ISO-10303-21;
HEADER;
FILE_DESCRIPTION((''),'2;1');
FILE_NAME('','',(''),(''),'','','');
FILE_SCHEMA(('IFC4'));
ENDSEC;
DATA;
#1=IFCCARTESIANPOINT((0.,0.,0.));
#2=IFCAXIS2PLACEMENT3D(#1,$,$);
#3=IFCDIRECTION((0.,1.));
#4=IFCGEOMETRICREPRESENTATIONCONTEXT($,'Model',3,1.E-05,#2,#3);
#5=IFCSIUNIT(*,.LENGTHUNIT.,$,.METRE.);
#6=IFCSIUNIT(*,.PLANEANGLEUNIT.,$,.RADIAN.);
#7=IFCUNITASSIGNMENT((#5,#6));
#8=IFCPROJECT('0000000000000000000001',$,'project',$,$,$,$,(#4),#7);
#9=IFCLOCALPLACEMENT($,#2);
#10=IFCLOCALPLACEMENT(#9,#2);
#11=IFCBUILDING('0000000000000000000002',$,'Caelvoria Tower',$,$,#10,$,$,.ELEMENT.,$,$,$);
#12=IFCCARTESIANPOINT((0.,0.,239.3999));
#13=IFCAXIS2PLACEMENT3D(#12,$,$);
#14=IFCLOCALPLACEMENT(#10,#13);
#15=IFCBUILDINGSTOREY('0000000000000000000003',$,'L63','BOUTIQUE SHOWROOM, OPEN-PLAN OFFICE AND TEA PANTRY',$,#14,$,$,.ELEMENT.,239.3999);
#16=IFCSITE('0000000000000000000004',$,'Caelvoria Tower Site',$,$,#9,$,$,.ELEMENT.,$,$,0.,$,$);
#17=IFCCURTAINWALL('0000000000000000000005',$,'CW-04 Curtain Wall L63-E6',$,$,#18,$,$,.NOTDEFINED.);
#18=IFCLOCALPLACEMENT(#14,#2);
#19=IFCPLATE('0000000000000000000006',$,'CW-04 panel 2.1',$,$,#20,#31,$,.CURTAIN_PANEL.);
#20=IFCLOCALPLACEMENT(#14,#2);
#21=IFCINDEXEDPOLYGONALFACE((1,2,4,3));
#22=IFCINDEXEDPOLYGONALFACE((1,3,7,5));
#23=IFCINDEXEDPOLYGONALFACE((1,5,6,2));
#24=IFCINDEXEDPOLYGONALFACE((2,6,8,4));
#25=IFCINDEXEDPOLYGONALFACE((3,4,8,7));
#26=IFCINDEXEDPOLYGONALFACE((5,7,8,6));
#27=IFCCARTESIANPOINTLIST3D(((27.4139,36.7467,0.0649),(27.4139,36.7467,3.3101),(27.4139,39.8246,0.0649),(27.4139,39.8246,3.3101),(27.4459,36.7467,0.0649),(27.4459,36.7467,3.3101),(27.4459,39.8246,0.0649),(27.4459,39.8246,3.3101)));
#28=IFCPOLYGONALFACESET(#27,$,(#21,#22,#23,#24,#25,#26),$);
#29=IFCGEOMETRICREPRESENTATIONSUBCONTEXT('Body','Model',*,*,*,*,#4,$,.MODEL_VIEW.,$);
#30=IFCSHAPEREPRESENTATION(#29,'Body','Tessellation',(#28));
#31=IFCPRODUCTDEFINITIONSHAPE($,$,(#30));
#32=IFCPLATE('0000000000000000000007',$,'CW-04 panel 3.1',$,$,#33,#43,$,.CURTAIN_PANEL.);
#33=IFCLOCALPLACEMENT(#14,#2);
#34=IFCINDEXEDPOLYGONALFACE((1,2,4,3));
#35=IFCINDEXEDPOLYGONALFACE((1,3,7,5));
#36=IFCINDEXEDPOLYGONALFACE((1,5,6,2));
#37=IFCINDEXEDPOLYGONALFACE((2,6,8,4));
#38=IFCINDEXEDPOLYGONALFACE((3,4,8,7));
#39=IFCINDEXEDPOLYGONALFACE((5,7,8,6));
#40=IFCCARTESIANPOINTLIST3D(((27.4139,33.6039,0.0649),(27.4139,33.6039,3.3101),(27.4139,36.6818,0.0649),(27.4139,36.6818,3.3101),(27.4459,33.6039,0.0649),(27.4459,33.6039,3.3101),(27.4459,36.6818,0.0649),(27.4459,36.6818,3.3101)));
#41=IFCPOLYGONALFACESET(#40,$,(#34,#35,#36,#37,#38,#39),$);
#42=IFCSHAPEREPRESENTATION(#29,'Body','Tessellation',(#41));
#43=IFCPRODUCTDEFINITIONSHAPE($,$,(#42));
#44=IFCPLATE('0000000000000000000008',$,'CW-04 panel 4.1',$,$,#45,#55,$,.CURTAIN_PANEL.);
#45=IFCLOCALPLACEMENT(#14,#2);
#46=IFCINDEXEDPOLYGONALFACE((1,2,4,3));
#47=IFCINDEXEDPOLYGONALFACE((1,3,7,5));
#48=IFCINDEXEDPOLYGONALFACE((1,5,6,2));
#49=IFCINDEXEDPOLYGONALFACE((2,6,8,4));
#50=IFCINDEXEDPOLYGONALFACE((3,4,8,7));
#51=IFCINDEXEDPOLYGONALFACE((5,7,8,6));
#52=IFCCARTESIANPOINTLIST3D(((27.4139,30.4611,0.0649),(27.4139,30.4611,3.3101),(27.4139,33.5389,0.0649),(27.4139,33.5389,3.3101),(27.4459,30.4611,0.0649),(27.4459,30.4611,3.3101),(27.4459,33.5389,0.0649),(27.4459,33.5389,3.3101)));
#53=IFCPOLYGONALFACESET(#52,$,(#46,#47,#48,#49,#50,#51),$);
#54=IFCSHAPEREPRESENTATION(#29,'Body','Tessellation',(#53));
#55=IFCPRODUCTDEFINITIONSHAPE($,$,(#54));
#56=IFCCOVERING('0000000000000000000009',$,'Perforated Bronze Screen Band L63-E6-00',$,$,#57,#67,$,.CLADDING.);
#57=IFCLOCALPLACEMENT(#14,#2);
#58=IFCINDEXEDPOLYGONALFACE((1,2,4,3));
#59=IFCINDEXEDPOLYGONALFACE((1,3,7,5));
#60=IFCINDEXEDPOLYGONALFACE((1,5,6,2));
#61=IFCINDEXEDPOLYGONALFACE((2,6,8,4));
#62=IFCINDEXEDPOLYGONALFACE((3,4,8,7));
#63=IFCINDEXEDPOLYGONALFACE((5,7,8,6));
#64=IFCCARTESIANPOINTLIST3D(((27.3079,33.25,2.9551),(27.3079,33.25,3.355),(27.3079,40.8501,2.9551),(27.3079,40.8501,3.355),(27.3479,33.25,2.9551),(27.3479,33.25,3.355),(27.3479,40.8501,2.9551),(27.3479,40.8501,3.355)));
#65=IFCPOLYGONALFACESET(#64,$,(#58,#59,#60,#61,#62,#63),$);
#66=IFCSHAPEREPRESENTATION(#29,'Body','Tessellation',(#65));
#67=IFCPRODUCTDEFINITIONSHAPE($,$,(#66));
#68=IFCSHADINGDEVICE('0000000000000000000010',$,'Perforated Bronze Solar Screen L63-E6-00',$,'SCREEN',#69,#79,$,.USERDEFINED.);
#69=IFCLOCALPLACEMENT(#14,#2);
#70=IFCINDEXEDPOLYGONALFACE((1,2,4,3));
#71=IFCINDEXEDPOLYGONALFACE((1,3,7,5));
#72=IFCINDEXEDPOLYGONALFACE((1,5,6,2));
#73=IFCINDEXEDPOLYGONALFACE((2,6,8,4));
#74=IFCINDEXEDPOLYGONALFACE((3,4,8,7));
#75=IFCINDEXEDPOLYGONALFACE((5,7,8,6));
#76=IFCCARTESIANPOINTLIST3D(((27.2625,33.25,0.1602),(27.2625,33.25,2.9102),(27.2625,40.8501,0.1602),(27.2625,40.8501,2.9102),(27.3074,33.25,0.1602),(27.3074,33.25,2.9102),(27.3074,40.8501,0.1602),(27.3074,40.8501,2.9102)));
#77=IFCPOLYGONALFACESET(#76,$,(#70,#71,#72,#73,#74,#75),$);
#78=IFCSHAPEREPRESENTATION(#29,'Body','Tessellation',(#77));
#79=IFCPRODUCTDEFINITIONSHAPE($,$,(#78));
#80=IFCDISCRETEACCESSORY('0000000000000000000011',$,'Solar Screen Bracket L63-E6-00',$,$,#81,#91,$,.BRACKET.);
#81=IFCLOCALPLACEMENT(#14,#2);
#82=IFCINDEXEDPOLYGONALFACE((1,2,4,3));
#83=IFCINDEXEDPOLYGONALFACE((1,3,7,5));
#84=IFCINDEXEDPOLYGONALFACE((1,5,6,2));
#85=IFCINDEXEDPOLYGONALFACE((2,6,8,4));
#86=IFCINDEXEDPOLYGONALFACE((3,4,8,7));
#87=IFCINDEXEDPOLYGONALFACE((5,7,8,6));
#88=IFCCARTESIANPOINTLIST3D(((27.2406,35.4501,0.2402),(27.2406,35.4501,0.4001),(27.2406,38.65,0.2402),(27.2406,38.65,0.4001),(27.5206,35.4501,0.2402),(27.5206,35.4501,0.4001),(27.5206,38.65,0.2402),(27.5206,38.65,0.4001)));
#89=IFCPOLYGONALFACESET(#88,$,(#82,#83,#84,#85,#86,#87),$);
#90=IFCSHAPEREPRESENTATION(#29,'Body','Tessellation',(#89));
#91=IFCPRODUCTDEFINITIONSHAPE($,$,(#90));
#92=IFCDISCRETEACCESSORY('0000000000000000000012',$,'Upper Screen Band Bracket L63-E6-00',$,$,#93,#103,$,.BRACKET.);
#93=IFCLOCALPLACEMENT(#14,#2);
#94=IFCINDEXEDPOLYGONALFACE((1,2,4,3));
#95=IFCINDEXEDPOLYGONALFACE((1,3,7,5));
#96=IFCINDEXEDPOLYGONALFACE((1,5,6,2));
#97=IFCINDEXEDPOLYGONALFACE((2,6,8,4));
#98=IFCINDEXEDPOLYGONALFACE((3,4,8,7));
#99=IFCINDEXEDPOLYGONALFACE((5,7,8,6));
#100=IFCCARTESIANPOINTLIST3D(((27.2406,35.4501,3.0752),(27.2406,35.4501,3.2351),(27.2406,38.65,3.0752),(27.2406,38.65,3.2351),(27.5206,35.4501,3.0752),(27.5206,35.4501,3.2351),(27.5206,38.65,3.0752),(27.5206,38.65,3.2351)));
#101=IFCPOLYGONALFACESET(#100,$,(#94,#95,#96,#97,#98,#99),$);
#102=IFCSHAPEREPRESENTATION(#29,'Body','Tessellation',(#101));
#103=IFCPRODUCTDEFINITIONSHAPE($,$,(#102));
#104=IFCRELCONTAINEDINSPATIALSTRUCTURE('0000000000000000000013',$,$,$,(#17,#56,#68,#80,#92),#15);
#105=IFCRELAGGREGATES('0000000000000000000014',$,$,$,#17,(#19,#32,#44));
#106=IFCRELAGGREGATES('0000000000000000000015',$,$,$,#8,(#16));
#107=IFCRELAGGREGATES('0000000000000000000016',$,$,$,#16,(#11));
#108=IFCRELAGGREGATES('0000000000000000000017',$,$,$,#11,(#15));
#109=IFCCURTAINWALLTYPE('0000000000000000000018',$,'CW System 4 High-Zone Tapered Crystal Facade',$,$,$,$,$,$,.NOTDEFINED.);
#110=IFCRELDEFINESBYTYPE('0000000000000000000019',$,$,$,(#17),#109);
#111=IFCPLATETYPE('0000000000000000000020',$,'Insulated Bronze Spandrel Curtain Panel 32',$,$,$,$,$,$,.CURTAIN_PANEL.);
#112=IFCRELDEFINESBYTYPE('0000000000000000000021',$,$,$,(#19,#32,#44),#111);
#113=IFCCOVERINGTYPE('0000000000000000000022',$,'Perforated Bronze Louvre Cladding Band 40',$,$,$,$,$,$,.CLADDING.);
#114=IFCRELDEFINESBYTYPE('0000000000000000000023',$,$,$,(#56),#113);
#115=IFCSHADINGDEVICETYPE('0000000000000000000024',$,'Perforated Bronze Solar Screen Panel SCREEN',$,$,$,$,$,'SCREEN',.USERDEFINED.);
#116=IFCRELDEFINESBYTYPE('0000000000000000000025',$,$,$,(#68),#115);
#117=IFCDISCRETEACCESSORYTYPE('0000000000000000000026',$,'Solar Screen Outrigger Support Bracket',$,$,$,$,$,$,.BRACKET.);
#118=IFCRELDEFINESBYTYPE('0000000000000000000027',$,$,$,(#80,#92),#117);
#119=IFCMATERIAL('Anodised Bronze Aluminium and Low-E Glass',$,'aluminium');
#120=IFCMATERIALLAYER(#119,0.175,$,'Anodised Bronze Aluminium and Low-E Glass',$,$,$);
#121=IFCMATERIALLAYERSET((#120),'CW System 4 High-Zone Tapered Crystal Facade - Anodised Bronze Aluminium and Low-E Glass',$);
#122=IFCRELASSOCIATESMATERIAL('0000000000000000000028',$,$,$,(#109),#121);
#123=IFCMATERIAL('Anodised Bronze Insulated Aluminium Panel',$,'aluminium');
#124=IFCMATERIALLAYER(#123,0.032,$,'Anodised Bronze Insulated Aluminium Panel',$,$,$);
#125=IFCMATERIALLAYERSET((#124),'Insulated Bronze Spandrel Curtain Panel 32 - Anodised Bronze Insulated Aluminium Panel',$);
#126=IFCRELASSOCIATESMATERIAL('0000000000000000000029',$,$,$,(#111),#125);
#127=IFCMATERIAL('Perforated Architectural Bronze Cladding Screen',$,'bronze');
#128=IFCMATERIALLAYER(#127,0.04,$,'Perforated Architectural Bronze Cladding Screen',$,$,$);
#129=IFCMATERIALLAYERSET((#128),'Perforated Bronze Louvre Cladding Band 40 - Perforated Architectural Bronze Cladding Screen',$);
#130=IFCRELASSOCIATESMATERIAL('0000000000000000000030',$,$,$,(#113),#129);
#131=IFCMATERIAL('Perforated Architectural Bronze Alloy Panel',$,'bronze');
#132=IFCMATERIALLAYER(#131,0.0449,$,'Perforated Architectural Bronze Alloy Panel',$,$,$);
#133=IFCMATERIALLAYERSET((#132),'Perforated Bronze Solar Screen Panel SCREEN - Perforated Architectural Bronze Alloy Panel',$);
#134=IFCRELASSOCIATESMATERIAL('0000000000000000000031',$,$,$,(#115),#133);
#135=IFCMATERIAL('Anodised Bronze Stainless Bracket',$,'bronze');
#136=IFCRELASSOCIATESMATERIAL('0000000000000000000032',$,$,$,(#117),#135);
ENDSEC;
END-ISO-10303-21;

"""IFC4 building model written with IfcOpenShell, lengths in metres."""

from ifc_helpers import new_model, si_unit, direction, frame, origin, origin_2d, place, context, subcontext, project, spatial, rectangle, extrude, material, layer, layer_set, type_object, element, aggregate, save


model = new_model("IFC4")

# Units and contexts
model_context = context("Model", 3, precision=1e-05, world=origin(), true_north=direction((0.0, 1.0)))
body_context = subcontext(model_context, "Body", "Model", "MODEL_VIEW")
ifc_project = project(units=[si_unit("LENGTHUNIT", "METRE"), si_unit("PLANEANGLEUNIT", "RADIAN")], contexts=[model_context])

# Site, building, storey
site_placement = place(None, origin())
site = spatial("IfcSite", under=ifc_project, at=site_placement, Name="Caelvoria Tower Site", CompositionType="ELEMENT", RefElevation=0.0)
building_placement = place(site_placement, origin())
building = spatial("IfcBuilding", under=site, at=building_placement, Name="Caelvoria Tower", CompositionType="ELEMENT")
storey_placement = place(building_placement, frame((0.0, 0.0, 239.3999)))
storey = spatial("IfcBuildingStorey", under=building, at=storey_placement, Name="L63", Description="BOUTIQUE SHOWROOM, OPEN-PLAN OFFICE AND TEA PANTRY", CompositionType="ELEMENT", Elevation=239.3999)

# Shared definitions
ifc_material_1 = material(Name="Anodised Bronze Aluminium and Low-E Glass", Category="aluminium")
ifc_layer_1 = layer(ifc_material_1, 0.175, Name="Anodised Bronze Aluminium and Low-E Glass")
ifc_layer_set_1 = layer_set([ifc_layer_1], Name="CW System 4 High-Zone Tapered Crystal Facade - Anodised Bronze Aluminium and Low-E Glass")
curtain_wall_type = type_object("IfcCurtainWallType", Name="CW System 4 High-Zone Tapered Crystal Facade", PredefinedType="NOTDEFINED", material=ifc_layer_set_1)

# Curtain wall
curtain_wall_1_placement = place(storey_placement, origin())
curtain_wall_1 = element("IfcCurtainWall", 1, at=curtain_wall_1_placement, inside=storey, type_object=curtain_wall_type, Name="CW-04 Curtain Wall L63-E6", PredefinedType="NOTDEFINED")

# Plates
ifc_material_2 = material(Name="Anodised Bronze Insulated Aluminium Panel", Category="aluminium")
ifc_layer_2 = layer(ifc_material_2, 0.032, Name="Anodised Bronze Insulated Aluminium Panel")
ifc_layer_set_2 = layer_set([ifc_layer_2], Name="Insulated Bronze Spandrel Curtain Panel 32 - Anodised Bronze Insulated Aluminium Panel")
plate_type = type_object("IfcPlateType", Name="Insulated Bronze Spandrel Curtain Panel 32", PredefinedType="CURTAIN_PANEL", material=ifc_layer_set_2)
plate_1_placement = place(storey_placement, frame((27.4299, 38.2856, 0.0649), z_axis=(0.0, 0.0, 1.0), x_axis=(0.0, -1.0, 0.0)))
plate_1 = element("IfcPlate", 2, at=plate_1_placement, type_object=plate_type, Name="CW-04 panel 2.1", PredefinedType="CURTAIN_PANEL", context=body_context, shape_type="SweptSolid", body=[
    extrude(rectangle(XDim=3.0779, YDim=0.032, at=origin_2d()), origin(), (0.0, 0.0, 1.0), 3.2451),
])
plate_2_placement = place(storey_placement, frame((27.4299, 35.1428, 0.0649), z_axis=(0.0, 0.0, 1.0), x_axis=(0.0, -1.0, 0.0)))
plate_2 = element("IfcPlate", 3, at=plate_2_placement, type_object=plate_type, Name="CW-04 panel 3.1", PredefinedType="CURTAIN_PANEL", context=body_context, shape_type="SweptSolid", body=[
    extrude(rectangle(XDim=3.0779, YDim=0.032, at=origin_2d()), origin(), (0.0, 0.0, 1.0), 3.2451),
])
plate_3_placement = place(storey_placement, frame((27.4299, 32.0, 0.0649), z_axis=(0.0, 0.0, 1.0), x_axis=(0.0, -1.0, 0.0)))
plate_3 = element("IfcPlate", 4, at=plate_3_placement, type_object=plate_type, Name="CW-04 panel 4.1", PredefinedType="CURTAIN_PANEL", context=body_context, shape_type="SweptSolid", body=[
    extrude(rectangle(XDim=3.0779, YDim=0.032, at=origin_2d()), origin(), (0.0, 0.0, 1.0), 3.2451),
])
aggregate(curtain_wall_1, [plate_1, plate_2, plate_3])

# Covering
ifc_material_3 = material(Name="Perforated Architectural Bronze Cladding Screen", Category="bronze")
ifc_layer_3 = layer(ifc_material_3, 0.04, Name="Perforated Architectural Bronze Cladding Screen")
ifc_layer_set_3 = layer_set([ifc_layer_3], Name="Perforated Bronze Louvre Cladding Band 40 - Perforated Architectural Bronze Cladding Screen")
covering_type = type_object("IfcCoveringType", Name="Perforated Bronze Louvre Cladding Band 40", PredefinedType="CLADDING", material=ifc_layer_set_3)
covering_placement = place(storey_placement, frame((27.3279, 37.05, 2.9551), z_axis=(0.0, 0.0, 1.0), x_axis=(0.0, -1.0, 0.0)))
element("IfcCovering", 5, at=covering_placement, inside=storey, type_object=covering_type, Name="Perforated Bronze Screen Band L63-E6-00", PredefinedType="CLADDING", context=body_context, shape_type="SweptSolid", body=[
    extrude(rectangle(XDim=7.6001, YDim=0.04, at=origin_2d()), origin(), (0.0, 0.0, 1.0), 0.3999),
])

# Shading device
ifc_material_4 = material(Name="Perforated Architectural Bronze Alloy Panel", Category="bronze")
ifc_layer_4 = layer(ifc_material_4, 0.0449, Name="Perforated Architectural Bronze Alloy Panel")
ifc_layer_set_4 = layer_set([ifc_layer_4], Name="Perforated Bronze Solar Screen Panel SCREEN - Perforated Architectural Bronze Alloy Panel")
shading_device_type = type_object("IfcShadingDeviceType", Name="Perforated Bronze Solar Screen Panel SCREEN", ElementType="SCREEN", PredefinedType="USERDEFINED", material=ifc_layer_set_4)
shading_device_placement = place(storey_placement, frame((27.2849, 37.05, 0.1602), z_axis=(0.0, 0.0, 1.0), x_axis=(0.0, -1.0, 0.0)))
element("IfcShadingDevice", 6, at=shading_device_placement, inside=storey, type_object=shading_device_type, Name="Perforated Bronze Solar Screen L63-E6-00", ObjectType="SCREEN", PredefinedType="USERDEFINED", context=body_context, shape_type="SweptSolid", body=[
    extrude(rectangle(XDim=7.6001, YDim=0.0449, at=origin_2d()), origin(), (0.0, 0.0, 1.0), 2.75),
])

# Discrete accessories
ifc_material_5 = material(Name="Anodised Bronze Stainless Bracket", Category="bronze")
discrete_accessory_type = type_object("IfcDiscreteAccessoryType", Name="Solar Screen Outrigger Support Bracket", PredefinedType="BRACKET", material=ifc_material_5)
for number, where, z_axis, x_axis, name in (
    (7, (27.3806, 37.05, 0.2402), (0.0, 0.0, 1.0), (0.0, -1.0, 0.0), "Solar Screen Bracket L63-E6-00"),
    (8, (27.3806, 37.05, 3.0752), (0.0, 0.0, 1.0), (0.0, -1.0, 0.0), "Upper Screen Band Bracket L63-E6-00"),
):
    element("IfcDiscreteAccessory", number, at=place(storey_placement, frame(where, z_axis=z_axis, x_axis=x_axis)), inside=storey, type_object=discrete_accessory_type, Name=name, PredefinedType="BRACKET", context=body_context, shape_type="SweptSolid", body=[
        extrude(rectangle(XDim=3.2, YDim=0.28, at=origin_2d()), origin(), (0.0, 0.0, 1.0), 0.1599),
    ])

save(model, "model.ifc")
